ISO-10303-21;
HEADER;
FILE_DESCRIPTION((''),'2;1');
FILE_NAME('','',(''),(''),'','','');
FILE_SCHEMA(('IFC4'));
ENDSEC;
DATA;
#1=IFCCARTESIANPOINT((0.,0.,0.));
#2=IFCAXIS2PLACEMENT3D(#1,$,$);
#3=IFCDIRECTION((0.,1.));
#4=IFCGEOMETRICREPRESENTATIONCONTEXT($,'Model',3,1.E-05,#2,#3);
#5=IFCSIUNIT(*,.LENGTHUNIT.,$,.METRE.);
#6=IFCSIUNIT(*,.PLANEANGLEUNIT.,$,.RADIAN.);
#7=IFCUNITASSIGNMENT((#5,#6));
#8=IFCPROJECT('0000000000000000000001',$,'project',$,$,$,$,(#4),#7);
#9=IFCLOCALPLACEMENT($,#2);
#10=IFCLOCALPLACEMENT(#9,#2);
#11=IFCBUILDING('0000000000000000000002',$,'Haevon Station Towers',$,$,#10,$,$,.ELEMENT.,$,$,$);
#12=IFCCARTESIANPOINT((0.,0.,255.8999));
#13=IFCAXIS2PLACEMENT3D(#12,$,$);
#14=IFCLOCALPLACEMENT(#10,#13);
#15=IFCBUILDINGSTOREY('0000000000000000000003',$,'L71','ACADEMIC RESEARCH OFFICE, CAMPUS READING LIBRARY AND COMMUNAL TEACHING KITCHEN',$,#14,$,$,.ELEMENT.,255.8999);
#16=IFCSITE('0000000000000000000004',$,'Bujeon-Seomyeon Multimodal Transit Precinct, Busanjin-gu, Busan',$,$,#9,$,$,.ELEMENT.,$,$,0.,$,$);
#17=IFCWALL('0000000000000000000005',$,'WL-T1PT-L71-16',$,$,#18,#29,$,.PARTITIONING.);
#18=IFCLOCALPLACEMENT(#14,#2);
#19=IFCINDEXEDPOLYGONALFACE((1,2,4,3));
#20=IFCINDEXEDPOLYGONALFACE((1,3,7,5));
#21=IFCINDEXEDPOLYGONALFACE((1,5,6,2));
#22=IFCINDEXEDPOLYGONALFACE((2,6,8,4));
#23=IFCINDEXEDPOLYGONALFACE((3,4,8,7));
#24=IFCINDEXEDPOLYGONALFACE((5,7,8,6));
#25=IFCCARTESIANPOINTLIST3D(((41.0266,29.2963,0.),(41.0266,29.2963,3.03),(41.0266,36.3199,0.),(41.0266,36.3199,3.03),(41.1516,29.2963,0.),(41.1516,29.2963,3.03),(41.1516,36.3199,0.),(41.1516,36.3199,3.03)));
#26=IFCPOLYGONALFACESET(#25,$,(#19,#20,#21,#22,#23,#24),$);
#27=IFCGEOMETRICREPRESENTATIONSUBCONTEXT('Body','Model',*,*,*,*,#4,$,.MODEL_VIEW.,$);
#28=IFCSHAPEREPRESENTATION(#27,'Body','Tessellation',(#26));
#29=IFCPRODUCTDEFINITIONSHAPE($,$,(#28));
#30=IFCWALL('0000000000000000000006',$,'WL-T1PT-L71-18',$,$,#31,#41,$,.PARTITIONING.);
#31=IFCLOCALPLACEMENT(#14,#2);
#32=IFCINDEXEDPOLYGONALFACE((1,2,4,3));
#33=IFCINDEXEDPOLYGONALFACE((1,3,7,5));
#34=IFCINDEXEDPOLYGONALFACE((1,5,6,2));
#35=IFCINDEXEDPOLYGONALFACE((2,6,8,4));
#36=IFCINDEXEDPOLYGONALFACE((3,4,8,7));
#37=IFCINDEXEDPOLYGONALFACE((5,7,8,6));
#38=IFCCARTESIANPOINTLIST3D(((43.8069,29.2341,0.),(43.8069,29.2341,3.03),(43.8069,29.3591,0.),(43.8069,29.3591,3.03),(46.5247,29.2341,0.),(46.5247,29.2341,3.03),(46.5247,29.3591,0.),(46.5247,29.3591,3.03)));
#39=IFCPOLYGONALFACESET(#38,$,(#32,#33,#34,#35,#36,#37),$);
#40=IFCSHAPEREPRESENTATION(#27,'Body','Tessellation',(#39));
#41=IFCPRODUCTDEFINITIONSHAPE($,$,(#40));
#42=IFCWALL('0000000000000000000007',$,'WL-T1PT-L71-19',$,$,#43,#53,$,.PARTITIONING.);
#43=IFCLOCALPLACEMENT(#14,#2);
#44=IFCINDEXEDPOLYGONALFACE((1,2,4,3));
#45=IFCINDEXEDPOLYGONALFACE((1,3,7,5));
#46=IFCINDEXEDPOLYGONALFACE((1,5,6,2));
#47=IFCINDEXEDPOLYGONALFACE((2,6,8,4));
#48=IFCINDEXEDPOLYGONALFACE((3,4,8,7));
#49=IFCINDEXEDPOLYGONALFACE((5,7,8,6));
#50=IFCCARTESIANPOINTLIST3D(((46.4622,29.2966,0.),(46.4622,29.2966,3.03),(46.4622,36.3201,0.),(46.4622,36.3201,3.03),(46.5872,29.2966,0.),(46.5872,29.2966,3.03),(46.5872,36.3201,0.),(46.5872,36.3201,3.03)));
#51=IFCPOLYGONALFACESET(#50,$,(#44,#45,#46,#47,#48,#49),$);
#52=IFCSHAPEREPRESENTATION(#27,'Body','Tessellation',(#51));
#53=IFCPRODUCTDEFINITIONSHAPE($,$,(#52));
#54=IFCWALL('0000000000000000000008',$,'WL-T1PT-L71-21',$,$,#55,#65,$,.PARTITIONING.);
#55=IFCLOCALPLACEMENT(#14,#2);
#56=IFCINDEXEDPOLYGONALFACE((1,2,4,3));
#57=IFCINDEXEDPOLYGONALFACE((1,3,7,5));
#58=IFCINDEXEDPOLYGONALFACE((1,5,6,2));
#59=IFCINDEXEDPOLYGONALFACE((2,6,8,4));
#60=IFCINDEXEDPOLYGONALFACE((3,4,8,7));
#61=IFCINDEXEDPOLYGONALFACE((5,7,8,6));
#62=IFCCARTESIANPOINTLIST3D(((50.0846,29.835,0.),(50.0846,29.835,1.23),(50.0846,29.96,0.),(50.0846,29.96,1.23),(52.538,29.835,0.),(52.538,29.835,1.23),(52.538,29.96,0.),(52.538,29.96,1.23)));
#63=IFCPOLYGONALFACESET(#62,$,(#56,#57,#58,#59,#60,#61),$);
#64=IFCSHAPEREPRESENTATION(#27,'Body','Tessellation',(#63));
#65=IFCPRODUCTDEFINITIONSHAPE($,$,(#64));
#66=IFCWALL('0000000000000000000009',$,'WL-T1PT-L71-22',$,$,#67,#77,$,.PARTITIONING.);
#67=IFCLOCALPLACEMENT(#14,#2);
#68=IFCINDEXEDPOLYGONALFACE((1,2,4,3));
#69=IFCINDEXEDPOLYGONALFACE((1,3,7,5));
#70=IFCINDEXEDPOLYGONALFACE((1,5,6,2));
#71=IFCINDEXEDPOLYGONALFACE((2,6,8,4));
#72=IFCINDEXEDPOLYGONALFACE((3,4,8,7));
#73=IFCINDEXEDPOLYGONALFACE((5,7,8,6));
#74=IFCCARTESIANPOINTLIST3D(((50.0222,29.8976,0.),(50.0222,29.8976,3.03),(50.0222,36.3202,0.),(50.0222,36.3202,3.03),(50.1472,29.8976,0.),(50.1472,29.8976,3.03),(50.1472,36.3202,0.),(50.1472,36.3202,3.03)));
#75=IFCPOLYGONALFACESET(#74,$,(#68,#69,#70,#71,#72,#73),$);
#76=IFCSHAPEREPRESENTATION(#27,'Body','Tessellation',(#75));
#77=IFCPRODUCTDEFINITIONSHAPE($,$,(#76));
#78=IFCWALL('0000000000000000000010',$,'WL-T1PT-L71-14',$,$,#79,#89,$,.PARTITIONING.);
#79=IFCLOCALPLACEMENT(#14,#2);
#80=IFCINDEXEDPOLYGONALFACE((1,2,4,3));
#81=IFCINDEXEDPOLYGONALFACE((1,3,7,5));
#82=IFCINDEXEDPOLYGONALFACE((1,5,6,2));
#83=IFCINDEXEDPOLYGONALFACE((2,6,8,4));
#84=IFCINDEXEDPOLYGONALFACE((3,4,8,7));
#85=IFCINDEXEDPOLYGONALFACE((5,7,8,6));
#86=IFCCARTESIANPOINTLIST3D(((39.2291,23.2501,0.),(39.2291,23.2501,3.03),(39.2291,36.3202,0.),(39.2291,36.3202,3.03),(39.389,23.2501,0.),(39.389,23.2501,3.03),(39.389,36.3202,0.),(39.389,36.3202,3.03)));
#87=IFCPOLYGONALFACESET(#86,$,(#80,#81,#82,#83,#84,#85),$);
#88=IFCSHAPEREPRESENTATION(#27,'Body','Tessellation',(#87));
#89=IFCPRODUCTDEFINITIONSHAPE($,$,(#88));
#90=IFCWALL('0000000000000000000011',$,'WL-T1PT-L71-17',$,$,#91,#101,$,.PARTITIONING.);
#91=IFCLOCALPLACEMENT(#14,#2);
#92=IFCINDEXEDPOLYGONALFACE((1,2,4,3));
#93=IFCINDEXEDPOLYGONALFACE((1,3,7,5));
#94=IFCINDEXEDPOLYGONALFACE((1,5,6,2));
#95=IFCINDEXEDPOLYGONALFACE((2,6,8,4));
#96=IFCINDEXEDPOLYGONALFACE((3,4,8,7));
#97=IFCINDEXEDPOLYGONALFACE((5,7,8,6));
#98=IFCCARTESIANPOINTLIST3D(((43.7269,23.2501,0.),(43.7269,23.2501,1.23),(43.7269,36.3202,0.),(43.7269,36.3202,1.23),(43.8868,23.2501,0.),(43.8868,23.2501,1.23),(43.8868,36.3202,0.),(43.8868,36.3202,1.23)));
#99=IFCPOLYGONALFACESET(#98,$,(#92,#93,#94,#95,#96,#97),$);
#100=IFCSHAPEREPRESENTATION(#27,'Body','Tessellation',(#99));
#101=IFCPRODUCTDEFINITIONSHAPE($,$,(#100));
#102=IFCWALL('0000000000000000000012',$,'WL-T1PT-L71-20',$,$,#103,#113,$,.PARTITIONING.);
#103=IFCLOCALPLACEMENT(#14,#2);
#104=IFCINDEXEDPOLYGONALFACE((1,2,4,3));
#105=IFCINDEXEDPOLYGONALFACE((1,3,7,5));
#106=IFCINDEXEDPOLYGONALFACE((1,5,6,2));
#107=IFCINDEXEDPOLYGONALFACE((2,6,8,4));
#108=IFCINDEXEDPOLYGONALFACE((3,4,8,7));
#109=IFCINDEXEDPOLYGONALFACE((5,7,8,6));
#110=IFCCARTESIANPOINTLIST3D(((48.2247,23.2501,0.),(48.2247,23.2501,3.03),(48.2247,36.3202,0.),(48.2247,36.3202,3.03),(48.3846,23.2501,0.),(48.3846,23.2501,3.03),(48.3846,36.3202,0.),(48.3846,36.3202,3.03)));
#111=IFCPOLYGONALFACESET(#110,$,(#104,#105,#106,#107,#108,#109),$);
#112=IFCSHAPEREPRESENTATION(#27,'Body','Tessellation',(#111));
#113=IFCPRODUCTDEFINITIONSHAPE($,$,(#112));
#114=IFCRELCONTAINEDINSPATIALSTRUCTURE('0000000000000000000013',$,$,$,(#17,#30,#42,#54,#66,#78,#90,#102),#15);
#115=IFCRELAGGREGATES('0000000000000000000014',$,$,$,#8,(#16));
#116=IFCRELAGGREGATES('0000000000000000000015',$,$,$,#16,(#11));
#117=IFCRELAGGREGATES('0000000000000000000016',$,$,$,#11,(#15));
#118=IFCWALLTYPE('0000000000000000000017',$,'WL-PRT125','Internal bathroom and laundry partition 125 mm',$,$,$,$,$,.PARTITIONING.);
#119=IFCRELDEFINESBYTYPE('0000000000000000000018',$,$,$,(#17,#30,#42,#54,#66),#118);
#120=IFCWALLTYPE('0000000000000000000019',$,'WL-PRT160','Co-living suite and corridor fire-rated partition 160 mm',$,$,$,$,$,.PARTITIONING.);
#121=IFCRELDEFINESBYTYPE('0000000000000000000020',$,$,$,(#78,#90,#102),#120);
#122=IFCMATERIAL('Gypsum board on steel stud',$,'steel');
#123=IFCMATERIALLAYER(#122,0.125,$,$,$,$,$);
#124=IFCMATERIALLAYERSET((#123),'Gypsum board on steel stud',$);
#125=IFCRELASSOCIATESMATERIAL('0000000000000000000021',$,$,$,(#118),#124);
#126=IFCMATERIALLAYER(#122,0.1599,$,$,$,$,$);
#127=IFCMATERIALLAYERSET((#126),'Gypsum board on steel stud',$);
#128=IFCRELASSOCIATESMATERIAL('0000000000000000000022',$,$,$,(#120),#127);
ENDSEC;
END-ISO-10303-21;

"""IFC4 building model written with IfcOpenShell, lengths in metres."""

from ifc_helpers import new_model, si_unit, direction, frame, frame_2d, origin, place, context, subcontext, project, spatial, rectangle, extrude, material, layer, layer_set, type_object, element, save


model = new_model("IFC4")

# Units and contexts
model_context = context("Model", 3, precision=1e-05, world=origin(), true_north=direction((0.0, 1.0)))
body_context = subcontext(model_context, "Body", "Model", "MODEL_VIEW")
ifc_project = project(units=[si_unit("LENGTHUNIT", "METRE"), si_unit("PLANEANGLEUNIT", "RADIAN")], contexts=[model_context])

# Site, building, storey
site_placement = place(None, origin())
site = spatial("IfcSite", under=ifc_project, at=site_placement, Name="Bujeon-Seomyeon Multimodal Transit Precinct, Busanjin-gu, Busan", CompositionType="ELEMENT", RefElevation=0.0)
building_placement = place(site_placement, origin())
building = spatial("IfcBuilding", under=site, at=building_placement, Name="Haevon Station Towers", CompositionType="ELEMENT")
storey_placement = place(building_placement, frame((0.0, 0.0, 255.8999)))
storey = spatial("IfcBuildingStorey", under=building, at=storey_placement, Name="L71", Description="ACADEMIC RESEARCH OFFICE, CAMPUS READING LIBRARY AND COMMUNAL TEACHING KITCHEN", CompositionType="ELEMENT", Elevation=255.8999)

# Walls
ifc_material_1 = material(Name="Gypsum board on steel stud", Category="steel")
ifc_layer_1 = layer(ifc_material_1, 0.125)
ifc_layer_set_1 = layer_set([ifc_layer_1], Name="Gypsum board on steel stud")
wall_type_1 = type_object("IfcWallType", Name="WL-PRT125", Description="Internal bathroom and laundry partition 125 mm", PredefinedType="PARTITIONING", material=ifc_layer_set_1)
wall_1_placement = place(storey_placement, frame((41.0891, 29.2964, 0.0), z_axis=(0.0, 0.0, 1.0), x_axis=(0.0, 1.0, 0.0)))
element("IfcWall", 1, at=wall_1_placement, inside=storey, type_object=wall_type_1, Name="WL-T1PT-L71-16", PredefinedType="PARTITIONING", context=body_context, shape_type="SweptSolid", body=[
    extrude(rectangle(XDim=7.0237, YDim=0.125, at=frame_2d((3.5117, 0.0))), origin(), (0.0, 0.0, 1.0), 3.03),
])
wall_2_placement = place(storey_placement, frame((43.8069, 29.2966, 0.0), z_axis=(0.0, 0.0, 1.0), x_axis=(1.0, 0.0, 0.0)))
element("IfcWall", 2, at=wall_2_placement, inside=storey, type_object=wall_type_1, Name="WL-T1PT-L71-18", PredefinedType="PARTITIONING", context=body_context, shape_type="SweptSolid", body=[
    extrude(rectangle(XDim=2.7178, YDim=0.125, at=frame_2d((1.3589, 0.0))), origin(), (0.0, 0.0, 1.0), 3.03),
])
wall_3_placement = place(storey_placement, frame((46.5247, 29.2966, 0.0), z_axis=(0.0, 0.0, 1.0), x_axis=(0.0, 1.0, 0.0)))
element("IfcWall", 3, at=wall_3_placement, inside=storey, type_object=wall_type_1, Name="WL-T1PT-L71-19", PredefinedType="PARTITIONING", context=body_context, shape_type="SweptSolid", body=[
    extrude(rectangle(XDim=7.0234, YDim=0.125, at=frame_2d((3.5117, 0.0))), origin(), (0.0, 0.0, 1.0), 3.03),
])
wall_4_placement = place(storey_placement, frame((50.0847, 29.8975, 0.0), z_axis=(0.0, 0.0, 1.0), x_axis=(1.0, 0.0, 0.0)))
element("IfcWall", 4, at=wall_4_placement, inside=storey, type_object=wall_type_1, Name="WL-T1PT-L71-21", PredefinedType="PARTITIONING", context=body_context, shape_type="SweptSolid", body=[
    extrude(rectangle(XDim=2.4534, YDim=0.125, at=frame_2d((1.2266, 0.0))), origin(), (0.0, 0.0, 1.0), 1.23),
])
wall_5_placement = place(storey_placement, frame((50.0847, 29.8975, 0.0), z_axis=(0.0, 0.0, 1.0), x_axis=(0.0, 1.0, 0.0)))
element("IfcWall", 5, at=wall_5_placement, inside=storey, type_object=wall_type_1, Name="WL-T1PT-L71-22", PredefinedType="PARTITIONING", context=body_context, shape_type="SweptSolid", body=[
    extrude(rectangle(XDim=6.4226, YDim=0.125, at=frame_2d((3.2114, 0.0))), origin(), (0.0, 0.0, 1.0), 3.03),
])
ifc_layer_2 = layer(ifc_material_1, 0.1599)
ifc_layer_set_2 = layer_set([ifc_layer_2], Name="Gypsum board on steel stud")
wall_type_2 = type_object("IfcWallType", Name="WL-PRT160", Description="Co-living suite and corridor fire-rated partition 160 mm", PredefinedType="PARTITIONING", material=ifc_layer_set_2)
wall_6_placement = place(storey_placement, frame((39.3091, 23.25, 0.0), z_axis=(0.0, 0.0, 1.0), x_axis=(0.0, 1.0, 0.0)))
element("IfcWall", 6, at=wall_6_placement, inside=storey, type_object=wall_type_2, Name="WL-T1PT-L71-14", PredefinedType="PARTITIONING", context=body_context, shape_type="SweptSolid", body=[
    extrude(rectangle(XDim=13.0701, YDim=0.1599, at=frame_2d((6.5352, 0.0))), origin(), (0.0, 0.0, 1.0), 3.03),
])
wall_7_placement = place(storey_placement, frame((43.8069, 23.25, 0.0), z_axis=(0.0, 0.0, 1.0), x_axis=(0.0, 1.0, 0.0)))
element("IfcWall", 7, at=wall_7_placement, inside=storey, type_object=wall_type_2, Name="WL-T1PT-L71-17", PredefinedType="PARTITIONING", context=body_context, shape_type="SweptSolid", body=[
    extrude(rectangle(XDim=13.0701, YDim=0.1599, at=frame_2d((6.5352, 0.0))), origin(), (0.0, 0.0, 1.0), 1.23),
])
wall_8_placement = place(storey_placement, frame((48.3047, 23.25, 0.0), z_axis=(0.0, 0.0, 1.0), x_axis=(0.0, 1.0, 0.0)))
element("IfcWall", 8, at=wall_8_placement, inside=storey, type_object=wall_type_2, Name="WL-T1PT-L71-20", PredefinedType="PARTITIONING", context=body_context, shape_type="SweptSolid", body=[
    extrude(rectangle(XDim=13.0701, YDim=0.1599, at=frame_2d((6.5352, 0.0))), origin(), (0.0, 0.0, 1.0), 3.03),
])

save(model, "model.ifc")
